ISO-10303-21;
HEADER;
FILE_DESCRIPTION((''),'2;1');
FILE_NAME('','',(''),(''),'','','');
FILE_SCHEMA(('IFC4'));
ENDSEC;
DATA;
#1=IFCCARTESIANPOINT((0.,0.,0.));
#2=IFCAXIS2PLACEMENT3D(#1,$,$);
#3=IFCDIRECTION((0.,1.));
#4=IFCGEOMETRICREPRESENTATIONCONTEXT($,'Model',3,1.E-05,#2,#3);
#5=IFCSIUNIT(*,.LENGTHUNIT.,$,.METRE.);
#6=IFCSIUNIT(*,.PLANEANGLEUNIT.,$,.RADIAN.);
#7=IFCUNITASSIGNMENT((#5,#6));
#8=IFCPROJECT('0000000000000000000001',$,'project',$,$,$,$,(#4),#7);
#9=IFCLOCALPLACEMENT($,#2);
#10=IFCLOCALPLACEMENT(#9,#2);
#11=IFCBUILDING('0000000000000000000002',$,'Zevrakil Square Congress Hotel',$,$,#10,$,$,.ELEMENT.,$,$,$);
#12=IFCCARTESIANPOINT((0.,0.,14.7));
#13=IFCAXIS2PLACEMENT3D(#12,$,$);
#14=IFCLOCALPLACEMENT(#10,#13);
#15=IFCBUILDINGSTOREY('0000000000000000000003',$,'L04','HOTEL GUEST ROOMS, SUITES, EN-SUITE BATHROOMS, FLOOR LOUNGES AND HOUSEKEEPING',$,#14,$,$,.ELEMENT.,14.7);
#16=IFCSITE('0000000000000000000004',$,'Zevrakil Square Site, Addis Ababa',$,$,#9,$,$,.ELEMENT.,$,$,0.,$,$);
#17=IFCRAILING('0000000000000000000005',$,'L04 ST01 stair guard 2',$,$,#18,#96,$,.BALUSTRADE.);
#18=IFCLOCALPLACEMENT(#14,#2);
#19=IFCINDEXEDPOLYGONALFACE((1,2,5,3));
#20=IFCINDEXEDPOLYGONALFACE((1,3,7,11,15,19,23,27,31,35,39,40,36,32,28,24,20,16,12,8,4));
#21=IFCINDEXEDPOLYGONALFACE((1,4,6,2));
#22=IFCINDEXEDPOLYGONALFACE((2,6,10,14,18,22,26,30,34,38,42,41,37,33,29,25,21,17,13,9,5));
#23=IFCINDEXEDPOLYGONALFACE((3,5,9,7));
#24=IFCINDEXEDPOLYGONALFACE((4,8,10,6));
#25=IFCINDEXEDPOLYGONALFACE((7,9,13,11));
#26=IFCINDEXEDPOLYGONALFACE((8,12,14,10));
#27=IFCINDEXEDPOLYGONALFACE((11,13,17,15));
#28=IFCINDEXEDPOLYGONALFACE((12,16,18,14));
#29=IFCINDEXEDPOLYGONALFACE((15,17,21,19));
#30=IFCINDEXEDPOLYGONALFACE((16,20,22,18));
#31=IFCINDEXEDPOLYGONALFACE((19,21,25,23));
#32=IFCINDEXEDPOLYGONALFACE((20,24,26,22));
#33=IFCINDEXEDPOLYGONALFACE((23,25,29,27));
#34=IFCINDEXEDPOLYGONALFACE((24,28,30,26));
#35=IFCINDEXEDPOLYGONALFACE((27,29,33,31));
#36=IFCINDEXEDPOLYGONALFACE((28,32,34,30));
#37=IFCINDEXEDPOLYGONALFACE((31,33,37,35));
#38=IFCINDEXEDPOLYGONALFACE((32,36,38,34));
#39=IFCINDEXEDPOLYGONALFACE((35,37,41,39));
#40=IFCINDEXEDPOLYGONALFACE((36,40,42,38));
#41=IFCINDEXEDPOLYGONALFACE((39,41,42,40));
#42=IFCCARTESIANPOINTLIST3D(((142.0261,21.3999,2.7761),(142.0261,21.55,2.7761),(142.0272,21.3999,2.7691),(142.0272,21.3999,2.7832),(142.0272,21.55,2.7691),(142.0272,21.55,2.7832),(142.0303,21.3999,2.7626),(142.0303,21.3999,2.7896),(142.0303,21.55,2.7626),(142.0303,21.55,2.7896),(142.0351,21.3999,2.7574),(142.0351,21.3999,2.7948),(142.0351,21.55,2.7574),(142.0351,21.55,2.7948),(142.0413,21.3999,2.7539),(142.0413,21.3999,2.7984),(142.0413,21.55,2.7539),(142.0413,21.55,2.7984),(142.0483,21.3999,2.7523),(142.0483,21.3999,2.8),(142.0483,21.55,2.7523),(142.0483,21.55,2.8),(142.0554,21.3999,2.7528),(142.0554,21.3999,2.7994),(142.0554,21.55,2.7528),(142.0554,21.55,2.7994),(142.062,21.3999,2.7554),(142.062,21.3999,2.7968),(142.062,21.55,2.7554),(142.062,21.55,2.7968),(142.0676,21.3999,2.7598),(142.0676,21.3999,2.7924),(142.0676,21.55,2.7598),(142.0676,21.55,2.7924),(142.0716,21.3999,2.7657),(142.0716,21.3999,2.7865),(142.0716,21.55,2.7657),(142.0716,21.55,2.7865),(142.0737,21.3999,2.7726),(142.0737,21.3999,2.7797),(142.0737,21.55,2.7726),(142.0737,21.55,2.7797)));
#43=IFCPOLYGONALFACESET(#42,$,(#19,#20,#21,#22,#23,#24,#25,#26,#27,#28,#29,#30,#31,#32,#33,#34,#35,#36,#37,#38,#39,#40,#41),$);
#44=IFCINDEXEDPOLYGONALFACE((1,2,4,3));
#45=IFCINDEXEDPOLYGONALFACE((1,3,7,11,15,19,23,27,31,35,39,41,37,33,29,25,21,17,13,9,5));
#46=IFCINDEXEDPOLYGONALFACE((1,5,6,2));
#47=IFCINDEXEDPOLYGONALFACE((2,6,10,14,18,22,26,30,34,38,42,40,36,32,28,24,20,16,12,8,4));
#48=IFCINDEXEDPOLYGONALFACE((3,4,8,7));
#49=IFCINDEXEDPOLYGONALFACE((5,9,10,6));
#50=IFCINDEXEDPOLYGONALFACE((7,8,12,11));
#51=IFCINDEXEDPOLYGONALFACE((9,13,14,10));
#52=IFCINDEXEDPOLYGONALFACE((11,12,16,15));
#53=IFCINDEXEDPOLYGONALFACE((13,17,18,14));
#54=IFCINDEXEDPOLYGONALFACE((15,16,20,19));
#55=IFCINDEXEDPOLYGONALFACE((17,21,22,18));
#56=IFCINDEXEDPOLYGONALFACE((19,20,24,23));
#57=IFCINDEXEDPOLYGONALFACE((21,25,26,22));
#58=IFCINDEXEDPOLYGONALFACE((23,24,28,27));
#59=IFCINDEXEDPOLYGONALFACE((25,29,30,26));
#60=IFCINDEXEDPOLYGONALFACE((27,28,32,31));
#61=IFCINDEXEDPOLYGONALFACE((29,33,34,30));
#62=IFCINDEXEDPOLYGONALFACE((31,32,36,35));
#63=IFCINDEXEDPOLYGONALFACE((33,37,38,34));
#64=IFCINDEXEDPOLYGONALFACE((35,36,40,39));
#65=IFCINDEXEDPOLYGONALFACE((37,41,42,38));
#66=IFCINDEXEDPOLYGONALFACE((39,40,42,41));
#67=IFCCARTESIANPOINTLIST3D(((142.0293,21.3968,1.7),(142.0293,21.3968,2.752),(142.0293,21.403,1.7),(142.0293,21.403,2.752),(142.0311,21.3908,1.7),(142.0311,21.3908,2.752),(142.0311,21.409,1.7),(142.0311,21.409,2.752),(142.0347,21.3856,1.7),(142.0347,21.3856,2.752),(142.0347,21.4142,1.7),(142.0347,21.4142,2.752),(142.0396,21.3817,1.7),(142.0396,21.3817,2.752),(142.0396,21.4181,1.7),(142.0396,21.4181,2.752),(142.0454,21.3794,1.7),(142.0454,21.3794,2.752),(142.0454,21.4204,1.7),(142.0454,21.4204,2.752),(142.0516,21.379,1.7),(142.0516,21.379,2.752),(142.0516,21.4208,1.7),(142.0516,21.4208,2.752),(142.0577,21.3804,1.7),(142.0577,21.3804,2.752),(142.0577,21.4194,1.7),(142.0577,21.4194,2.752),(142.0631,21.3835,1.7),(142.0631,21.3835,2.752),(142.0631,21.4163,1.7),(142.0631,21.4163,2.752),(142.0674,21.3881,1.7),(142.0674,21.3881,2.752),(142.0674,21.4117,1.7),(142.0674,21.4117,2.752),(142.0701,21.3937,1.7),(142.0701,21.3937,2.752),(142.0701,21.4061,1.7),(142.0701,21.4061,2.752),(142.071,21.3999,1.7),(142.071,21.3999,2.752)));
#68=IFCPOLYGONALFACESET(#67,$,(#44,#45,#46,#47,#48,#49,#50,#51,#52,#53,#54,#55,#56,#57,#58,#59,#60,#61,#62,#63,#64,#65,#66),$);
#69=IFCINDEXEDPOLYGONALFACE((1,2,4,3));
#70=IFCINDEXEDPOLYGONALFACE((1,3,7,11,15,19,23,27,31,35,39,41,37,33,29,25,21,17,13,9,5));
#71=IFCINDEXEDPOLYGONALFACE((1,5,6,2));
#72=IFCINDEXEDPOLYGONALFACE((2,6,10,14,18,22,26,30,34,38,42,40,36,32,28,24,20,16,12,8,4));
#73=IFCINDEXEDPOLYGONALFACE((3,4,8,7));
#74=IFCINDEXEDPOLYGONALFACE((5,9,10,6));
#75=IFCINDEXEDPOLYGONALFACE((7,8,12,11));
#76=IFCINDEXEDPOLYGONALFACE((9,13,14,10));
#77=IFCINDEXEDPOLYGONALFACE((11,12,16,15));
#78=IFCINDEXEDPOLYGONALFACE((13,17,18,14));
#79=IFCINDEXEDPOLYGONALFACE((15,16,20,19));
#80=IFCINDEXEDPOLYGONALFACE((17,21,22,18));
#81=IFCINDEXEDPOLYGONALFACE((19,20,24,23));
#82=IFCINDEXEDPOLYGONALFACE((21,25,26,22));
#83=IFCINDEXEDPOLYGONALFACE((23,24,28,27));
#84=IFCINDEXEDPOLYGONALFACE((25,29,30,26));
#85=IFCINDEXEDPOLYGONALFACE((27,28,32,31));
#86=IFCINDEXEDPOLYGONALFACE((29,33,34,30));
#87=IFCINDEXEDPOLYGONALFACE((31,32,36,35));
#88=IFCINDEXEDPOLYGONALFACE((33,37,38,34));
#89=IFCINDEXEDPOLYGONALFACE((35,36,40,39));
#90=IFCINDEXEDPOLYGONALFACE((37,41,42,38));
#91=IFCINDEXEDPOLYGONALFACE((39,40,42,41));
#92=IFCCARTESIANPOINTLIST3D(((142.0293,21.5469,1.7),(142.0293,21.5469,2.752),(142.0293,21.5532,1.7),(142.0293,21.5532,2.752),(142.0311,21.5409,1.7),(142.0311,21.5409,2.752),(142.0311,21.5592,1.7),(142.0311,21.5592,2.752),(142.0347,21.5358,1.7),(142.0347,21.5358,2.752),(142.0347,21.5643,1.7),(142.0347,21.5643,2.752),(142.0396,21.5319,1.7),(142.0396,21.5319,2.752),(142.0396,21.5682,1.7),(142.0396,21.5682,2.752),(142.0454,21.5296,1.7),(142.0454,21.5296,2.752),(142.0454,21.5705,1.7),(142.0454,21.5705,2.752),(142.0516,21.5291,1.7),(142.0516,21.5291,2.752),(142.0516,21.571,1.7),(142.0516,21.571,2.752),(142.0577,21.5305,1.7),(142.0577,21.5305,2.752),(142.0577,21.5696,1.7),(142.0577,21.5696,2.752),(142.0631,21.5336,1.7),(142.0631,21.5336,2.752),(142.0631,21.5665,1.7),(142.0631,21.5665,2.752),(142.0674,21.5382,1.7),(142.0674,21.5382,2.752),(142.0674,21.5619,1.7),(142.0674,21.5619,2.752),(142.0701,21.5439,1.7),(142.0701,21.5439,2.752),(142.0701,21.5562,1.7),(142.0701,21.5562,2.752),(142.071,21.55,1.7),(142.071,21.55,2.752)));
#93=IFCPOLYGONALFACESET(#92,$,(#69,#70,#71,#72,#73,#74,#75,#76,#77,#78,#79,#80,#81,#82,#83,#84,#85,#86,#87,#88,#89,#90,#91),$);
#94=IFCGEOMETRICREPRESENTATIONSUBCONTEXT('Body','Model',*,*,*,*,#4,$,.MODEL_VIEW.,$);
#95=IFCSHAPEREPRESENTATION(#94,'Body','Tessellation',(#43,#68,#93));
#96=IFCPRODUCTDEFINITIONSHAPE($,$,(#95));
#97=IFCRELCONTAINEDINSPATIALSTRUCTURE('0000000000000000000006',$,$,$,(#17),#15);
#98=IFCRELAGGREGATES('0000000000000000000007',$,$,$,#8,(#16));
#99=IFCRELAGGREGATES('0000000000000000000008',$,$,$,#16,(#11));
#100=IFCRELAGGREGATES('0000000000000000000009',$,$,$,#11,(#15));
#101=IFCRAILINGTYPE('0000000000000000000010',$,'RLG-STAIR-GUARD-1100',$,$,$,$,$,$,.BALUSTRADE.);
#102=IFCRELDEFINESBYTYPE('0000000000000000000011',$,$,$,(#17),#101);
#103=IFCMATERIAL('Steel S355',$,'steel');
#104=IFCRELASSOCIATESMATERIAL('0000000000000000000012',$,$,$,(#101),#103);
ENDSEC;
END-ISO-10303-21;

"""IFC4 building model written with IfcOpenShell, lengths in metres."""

from ifc_helpers import new_model, si_unit, direction, frame, origin, origin_2d, place, context, subcontext, project, spatial, circle, extrude, material, type_object, element, save


model = new_model("IFC4")

# Units and contexts
model_context = context("Model", 3, precision=1e-05, world=origin(), true_north=direction((0.0, 1.0)))
body_context = subcontext(model_context, "Body", "Model", "MODEL_VIEW")
ifc_project = project(units=[si_unit("LENGTHUNIT", "METRE"), si_unit("PLANEANGLEUNIT", "RADIAN")], contexts=[model_context])

# Site, building, storey
site_placement = place(None, origin())
site = spatial("IfcSite", under=ifc_project, at=site_placement, Name="Zevrakil Square Site, Addis Ababa", CompositionType="ELEMENT", RefElevation=0.0)
building_placement = place(site_placement, origin())
building = spatial("IfcBuilding", under=site, at=building_placement, Name="Zevrakil Square Congress Hotel", CompositionType="ELEMENT")
storey_placement = place(building_placement, frame((0.0, 0.0, 14.7)))
storey = spatial("IfcBuildingStorey", under=building, at=storey_placement, Name="L04", Description="HOTEL GUEST ROOMS, SUITES, EN-SUITE BATHROOMS, FLOOR LOUNGES AND HOUSEKEEPING", CompositionType="ELEMENT", Elevation=14.7)

# Railing
ifc_material_1 = material(Name="Steel S355", Category="steel")
railing_type_1 = type_object("IfcRailingType", Name="RLG-STAIR-GUARD-1100", PredefinedType="BALUSTRADE", material=ifc_material_1)
railing_1_placement = place(storey_placement, frame((142.05, 21.3999, 1.7)))
element("IfcRailing", 1, at=railing_1_placement, inside=storey, type_object=railing_type_1, Name="L04 ST01 stair guard 2", PredefinedType="BALUSTRADE", context=body_context, shape_type="SweptSolid", body=[
    extrude(circle(Radius=0.0239, at=origin_2d()), frame((0.0, 0.0, 1.0762), z_axis=(0.0, 1.0, 0.0), x_axis=(-1.0, 0.0, 0.0)), (0.0, 0.0, 1.0), 0.1501),
    extrude(circle(Radius=0.021, at=origin_2d()), origin(), (0.0, 0.0, 1.0), 1.052),
    extrude(circle(Radius=0.021, at=origin_2d()), frame((0.0, 0.1501, 0.0)), (0.0, 0.0, 1.0), 1.052),
])

save(model, "model.ifc")
